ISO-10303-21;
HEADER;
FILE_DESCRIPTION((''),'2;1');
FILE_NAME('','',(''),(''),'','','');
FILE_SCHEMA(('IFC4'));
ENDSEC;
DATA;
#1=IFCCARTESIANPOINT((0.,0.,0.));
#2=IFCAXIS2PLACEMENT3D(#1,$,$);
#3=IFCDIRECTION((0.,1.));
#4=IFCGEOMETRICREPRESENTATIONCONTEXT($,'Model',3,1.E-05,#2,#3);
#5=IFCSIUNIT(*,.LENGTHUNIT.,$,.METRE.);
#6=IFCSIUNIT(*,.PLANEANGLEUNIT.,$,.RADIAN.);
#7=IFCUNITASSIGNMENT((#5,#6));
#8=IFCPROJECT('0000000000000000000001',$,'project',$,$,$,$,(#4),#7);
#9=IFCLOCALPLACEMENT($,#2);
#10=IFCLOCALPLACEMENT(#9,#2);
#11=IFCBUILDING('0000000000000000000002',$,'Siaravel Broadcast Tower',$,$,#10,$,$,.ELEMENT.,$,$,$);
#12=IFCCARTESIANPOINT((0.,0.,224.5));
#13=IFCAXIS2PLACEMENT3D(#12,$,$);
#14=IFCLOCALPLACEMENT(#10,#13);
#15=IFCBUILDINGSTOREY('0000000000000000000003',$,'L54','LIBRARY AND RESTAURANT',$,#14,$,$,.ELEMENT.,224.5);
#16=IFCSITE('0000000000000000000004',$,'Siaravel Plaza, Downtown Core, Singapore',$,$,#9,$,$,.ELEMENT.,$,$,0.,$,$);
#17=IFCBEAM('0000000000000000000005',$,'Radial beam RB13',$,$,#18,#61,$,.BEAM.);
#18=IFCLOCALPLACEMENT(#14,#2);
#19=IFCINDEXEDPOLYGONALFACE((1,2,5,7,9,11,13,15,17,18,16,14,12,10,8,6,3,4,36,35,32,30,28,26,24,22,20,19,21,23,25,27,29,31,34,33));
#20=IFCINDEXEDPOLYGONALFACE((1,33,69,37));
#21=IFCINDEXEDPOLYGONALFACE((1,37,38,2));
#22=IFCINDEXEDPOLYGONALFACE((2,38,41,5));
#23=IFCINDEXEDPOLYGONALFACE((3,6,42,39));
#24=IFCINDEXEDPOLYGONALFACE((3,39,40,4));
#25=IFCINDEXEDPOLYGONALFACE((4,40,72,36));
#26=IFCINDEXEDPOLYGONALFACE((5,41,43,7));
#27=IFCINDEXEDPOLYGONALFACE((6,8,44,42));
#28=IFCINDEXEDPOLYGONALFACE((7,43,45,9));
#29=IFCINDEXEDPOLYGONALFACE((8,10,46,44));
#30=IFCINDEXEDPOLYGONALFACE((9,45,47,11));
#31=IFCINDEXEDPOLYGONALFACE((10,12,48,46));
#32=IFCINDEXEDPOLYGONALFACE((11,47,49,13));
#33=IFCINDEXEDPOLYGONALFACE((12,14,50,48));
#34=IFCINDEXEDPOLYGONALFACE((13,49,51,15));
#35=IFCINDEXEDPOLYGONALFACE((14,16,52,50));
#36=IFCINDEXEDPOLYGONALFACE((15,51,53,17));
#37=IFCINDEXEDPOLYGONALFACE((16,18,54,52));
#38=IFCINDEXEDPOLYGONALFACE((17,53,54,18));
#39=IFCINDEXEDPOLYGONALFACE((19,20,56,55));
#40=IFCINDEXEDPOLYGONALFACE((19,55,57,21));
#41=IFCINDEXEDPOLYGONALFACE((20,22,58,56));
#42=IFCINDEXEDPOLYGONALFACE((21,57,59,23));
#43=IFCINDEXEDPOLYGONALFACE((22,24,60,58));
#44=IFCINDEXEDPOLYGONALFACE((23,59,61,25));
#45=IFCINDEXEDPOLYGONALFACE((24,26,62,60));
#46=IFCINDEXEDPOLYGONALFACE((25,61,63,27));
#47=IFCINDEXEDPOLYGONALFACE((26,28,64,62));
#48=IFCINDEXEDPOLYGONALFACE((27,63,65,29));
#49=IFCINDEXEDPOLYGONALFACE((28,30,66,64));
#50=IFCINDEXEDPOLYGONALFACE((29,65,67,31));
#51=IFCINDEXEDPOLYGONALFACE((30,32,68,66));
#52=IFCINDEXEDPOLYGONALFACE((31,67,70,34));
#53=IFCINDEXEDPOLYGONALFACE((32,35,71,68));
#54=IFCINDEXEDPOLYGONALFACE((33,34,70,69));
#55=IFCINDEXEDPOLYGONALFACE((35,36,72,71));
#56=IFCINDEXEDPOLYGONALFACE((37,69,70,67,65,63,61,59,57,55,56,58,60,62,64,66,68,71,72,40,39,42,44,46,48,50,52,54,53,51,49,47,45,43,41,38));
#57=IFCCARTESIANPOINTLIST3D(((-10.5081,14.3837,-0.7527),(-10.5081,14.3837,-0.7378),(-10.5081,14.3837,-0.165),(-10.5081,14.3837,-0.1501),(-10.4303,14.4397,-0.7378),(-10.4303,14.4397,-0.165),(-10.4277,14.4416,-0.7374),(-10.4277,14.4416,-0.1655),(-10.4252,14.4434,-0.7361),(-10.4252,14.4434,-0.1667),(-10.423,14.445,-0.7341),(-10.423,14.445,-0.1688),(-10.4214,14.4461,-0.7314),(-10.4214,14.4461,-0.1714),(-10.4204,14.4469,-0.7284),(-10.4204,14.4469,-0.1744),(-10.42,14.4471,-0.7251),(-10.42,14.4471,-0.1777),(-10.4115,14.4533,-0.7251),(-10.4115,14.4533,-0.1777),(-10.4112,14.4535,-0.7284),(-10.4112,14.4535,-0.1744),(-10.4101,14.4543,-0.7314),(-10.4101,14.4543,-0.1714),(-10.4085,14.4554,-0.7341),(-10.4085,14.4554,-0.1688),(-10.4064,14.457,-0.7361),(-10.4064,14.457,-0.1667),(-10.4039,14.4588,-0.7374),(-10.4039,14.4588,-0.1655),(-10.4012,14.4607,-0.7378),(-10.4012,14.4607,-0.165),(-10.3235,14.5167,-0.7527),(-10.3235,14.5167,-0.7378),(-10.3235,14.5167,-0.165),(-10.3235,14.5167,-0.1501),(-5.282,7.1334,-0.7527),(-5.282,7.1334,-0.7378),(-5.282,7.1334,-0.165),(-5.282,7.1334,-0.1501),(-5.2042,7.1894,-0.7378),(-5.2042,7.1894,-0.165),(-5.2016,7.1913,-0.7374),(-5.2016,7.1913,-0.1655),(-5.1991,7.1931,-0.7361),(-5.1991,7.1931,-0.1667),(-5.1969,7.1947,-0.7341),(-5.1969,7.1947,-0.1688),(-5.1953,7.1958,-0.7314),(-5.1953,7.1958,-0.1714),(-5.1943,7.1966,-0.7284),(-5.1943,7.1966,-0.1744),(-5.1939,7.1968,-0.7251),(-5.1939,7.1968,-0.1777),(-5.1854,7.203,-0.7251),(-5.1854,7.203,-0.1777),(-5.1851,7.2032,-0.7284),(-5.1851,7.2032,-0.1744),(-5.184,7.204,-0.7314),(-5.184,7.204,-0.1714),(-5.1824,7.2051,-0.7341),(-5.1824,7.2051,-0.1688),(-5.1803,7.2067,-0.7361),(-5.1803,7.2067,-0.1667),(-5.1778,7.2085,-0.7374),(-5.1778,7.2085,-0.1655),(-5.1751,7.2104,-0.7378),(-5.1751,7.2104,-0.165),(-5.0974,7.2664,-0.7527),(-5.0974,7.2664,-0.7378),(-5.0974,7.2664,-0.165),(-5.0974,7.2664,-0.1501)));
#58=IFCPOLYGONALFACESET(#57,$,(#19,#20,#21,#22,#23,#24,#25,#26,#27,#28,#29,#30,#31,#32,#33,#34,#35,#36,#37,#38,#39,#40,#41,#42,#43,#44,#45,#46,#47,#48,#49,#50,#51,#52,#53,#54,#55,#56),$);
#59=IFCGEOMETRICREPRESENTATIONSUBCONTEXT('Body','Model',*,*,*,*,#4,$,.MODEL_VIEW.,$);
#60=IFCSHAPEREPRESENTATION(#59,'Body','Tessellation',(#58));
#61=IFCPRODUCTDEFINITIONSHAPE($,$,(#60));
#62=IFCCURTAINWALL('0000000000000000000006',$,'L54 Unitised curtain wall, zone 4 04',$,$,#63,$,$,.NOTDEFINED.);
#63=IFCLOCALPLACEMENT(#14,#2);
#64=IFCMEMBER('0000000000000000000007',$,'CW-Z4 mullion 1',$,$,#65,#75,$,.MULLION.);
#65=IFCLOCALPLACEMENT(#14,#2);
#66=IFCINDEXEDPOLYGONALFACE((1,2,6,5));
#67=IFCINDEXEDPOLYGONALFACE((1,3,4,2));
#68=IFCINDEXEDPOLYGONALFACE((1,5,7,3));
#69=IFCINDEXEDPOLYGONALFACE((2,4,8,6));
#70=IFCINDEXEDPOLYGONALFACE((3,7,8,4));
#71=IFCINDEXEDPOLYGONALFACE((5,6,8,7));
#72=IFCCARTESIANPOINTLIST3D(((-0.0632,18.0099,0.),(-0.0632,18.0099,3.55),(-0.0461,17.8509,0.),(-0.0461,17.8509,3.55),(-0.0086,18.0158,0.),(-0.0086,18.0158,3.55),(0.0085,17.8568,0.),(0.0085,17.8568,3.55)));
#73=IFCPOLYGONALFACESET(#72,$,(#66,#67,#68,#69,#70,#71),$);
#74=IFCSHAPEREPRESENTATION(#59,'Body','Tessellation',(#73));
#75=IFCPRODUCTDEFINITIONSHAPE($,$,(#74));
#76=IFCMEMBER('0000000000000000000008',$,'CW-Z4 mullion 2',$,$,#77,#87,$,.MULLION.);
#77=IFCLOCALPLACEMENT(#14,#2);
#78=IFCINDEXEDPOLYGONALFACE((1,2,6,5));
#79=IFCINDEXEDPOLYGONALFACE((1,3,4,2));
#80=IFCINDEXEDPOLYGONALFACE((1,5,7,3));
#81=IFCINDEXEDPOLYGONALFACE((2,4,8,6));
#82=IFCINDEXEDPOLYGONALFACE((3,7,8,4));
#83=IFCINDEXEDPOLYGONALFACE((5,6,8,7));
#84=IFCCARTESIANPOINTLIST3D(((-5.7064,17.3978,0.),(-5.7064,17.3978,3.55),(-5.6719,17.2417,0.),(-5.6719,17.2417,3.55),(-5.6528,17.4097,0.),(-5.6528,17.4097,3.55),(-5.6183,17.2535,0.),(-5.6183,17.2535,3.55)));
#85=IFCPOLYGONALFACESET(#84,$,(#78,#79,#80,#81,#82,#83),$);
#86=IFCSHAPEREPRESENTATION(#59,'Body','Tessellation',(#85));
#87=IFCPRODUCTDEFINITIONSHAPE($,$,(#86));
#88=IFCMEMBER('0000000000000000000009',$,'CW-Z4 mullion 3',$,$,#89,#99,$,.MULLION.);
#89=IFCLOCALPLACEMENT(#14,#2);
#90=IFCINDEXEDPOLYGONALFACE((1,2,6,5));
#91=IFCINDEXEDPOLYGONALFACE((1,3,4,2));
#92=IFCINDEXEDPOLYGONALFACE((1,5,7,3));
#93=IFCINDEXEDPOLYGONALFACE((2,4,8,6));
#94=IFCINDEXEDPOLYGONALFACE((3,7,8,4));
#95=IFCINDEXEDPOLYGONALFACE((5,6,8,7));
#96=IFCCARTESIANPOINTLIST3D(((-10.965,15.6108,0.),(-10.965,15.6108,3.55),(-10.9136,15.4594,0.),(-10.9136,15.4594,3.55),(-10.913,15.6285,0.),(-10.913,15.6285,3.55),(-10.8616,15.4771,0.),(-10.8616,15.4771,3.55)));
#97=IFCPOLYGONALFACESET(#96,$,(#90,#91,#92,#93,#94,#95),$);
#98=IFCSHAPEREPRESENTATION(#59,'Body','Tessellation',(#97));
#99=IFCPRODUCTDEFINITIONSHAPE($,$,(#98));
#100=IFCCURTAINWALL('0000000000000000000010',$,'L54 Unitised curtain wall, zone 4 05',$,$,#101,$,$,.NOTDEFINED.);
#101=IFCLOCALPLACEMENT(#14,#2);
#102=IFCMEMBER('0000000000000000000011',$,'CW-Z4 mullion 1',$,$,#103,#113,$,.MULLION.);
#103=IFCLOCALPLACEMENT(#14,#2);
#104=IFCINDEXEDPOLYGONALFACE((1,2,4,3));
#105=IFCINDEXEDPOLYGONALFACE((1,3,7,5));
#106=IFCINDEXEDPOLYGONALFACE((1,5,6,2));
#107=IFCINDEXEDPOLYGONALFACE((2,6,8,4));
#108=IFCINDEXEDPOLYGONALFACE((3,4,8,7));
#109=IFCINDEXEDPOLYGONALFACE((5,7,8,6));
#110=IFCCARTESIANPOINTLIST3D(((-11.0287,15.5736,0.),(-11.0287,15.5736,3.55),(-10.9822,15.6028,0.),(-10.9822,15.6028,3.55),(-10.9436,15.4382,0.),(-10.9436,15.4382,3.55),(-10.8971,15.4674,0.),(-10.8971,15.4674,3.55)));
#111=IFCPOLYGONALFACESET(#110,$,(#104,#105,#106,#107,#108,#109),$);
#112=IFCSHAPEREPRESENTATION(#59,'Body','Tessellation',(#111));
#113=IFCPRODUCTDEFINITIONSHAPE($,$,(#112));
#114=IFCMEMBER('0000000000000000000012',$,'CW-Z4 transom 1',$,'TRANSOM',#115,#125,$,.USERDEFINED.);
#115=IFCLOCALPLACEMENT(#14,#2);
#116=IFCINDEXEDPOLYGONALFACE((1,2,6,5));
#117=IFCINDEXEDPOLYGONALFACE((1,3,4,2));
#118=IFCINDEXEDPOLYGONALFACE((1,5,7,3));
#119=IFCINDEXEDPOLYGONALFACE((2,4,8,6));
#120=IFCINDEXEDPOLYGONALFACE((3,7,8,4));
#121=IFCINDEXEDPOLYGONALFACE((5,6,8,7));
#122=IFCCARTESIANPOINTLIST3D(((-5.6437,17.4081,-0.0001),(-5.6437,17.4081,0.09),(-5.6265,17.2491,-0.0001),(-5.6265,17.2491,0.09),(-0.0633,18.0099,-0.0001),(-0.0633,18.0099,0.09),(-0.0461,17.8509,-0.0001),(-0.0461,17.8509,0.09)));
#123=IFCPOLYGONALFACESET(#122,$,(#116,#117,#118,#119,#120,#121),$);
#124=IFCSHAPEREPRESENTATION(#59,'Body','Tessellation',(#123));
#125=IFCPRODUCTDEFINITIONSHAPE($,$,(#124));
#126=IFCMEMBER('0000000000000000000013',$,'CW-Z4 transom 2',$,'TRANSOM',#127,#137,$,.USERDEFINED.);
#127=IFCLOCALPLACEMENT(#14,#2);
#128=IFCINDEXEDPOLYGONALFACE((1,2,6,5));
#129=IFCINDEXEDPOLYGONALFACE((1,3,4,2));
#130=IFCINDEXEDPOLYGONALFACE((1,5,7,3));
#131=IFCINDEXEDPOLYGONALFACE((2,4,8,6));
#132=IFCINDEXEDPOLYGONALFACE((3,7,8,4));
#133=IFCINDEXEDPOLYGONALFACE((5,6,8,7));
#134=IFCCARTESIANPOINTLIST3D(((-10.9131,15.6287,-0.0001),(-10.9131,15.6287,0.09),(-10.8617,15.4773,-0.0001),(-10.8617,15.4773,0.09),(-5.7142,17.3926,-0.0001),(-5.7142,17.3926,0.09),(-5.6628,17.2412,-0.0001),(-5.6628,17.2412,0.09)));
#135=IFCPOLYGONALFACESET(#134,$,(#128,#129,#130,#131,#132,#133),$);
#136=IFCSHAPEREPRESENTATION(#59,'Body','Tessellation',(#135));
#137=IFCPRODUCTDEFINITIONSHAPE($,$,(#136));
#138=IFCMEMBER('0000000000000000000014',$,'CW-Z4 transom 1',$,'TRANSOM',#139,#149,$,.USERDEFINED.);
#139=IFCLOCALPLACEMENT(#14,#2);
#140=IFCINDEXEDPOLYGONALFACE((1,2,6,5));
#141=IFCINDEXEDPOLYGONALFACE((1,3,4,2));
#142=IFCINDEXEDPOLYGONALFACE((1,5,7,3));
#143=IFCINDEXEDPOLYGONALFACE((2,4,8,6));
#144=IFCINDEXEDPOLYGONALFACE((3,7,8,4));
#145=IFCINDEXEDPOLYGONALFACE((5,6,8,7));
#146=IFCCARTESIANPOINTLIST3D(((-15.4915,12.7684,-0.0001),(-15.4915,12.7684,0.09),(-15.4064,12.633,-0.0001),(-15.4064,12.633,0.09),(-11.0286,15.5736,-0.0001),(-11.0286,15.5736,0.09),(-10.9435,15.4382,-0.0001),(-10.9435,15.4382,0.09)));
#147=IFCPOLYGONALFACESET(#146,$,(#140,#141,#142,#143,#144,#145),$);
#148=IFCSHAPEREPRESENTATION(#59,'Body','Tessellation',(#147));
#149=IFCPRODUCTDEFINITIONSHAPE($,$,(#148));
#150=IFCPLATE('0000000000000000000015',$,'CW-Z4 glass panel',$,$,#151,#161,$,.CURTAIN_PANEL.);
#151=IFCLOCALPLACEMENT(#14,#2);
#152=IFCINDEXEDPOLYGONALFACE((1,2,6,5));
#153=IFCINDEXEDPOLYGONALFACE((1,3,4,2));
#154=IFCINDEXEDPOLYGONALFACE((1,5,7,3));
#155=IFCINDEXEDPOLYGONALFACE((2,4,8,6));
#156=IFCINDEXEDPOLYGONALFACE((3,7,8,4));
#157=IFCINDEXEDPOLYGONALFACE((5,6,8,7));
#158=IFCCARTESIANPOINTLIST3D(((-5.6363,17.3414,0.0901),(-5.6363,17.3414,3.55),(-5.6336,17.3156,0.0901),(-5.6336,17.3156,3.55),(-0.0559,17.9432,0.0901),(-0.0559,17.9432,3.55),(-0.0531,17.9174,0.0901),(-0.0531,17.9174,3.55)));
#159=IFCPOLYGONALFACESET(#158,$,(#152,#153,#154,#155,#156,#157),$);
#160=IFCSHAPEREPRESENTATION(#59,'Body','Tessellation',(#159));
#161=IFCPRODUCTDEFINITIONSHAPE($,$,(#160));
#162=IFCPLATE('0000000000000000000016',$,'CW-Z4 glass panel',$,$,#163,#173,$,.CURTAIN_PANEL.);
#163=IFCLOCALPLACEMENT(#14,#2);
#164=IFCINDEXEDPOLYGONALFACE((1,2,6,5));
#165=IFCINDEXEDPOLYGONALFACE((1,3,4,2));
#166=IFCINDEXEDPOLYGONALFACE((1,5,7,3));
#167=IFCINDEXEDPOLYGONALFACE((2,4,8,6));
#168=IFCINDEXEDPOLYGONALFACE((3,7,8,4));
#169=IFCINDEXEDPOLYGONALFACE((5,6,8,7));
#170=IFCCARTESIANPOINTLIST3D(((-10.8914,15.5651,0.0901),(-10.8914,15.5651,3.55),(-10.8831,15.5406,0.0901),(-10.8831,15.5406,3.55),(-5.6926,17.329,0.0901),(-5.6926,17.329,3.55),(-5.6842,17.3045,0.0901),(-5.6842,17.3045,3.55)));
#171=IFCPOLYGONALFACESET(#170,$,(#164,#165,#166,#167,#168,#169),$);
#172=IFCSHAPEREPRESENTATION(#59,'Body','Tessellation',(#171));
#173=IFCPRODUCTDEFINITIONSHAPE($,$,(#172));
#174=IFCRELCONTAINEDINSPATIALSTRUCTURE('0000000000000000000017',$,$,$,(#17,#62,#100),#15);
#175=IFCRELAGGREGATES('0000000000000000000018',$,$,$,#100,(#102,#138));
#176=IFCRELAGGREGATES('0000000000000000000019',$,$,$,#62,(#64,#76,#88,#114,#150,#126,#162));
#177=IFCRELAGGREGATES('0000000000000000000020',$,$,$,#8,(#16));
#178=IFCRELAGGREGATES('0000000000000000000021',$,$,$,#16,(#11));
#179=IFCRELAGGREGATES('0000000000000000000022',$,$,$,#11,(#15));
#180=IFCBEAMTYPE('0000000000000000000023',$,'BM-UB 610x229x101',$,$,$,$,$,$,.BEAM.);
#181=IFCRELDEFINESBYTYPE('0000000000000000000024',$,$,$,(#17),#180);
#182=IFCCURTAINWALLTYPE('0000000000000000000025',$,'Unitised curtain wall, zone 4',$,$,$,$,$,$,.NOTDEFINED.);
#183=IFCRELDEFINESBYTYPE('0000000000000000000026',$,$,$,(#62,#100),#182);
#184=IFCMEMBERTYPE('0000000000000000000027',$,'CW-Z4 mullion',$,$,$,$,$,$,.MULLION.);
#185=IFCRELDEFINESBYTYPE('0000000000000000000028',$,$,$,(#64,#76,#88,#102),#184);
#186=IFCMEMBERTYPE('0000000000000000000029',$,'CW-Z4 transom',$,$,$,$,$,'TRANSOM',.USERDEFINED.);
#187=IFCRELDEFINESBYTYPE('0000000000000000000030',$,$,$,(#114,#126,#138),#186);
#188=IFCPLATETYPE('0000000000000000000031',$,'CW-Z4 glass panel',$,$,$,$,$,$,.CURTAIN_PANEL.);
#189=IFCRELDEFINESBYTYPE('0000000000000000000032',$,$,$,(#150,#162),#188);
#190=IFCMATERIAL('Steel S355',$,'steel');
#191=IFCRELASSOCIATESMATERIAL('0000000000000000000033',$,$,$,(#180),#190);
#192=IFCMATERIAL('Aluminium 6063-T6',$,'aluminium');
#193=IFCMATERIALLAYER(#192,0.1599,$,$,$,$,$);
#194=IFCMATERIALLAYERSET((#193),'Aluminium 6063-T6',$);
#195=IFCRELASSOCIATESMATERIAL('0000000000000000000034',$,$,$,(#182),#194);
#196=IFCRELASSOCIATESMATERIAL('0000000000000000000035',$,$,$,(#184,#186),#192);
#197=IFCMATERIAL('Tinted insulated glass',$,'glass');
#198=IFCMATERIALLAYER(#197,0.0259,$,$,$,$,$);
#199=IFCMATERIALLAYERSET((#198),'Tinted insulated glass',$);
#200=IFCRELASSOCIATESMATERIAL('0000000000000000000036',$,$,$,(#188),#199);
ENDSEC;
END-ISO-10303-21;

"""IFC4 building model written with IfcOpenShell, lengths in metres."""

from ifc_helpers import new_model, si_unit, direction, frame, origin, origin_2d, place, context, subcontext, project, spatial, rectangle, i_section, extrude, material, layer, layer_set, material_profile, profile_set, type_object, element, aggregate, save


model = new_model("IFC4")

# Units and contexts
model_context = context("Model", 3, precision=1e-05, world=origin(), true_north=direction((0.0, 1.0)))
body_context = subcontext(model_context, "Body", "Model", "MODEL_VIEW")
ifc_project = project(units=[si_unit("LENGTHUNIT", "METRE"), si_unit("PLANEANGLEUNIT", "RADIAN")], contexts=[model_context])

# Site, building, storey
site_placement = place(None, origin())
site = spatial("IfcSite", under=ifc_project, at=site_placement, Name="Siaravel Plaza, Downtown Core, Singapore", CompositionType="ELEMENT", RefElevation=0.0)
building_placement = place(site_placement, origin())
building = spatial("IfcBuilding", under=site, at=building_placement, Name="Siaravel Broadcast Tower", CompositionType="ELEMENT")
storey_placement = place(building_placement, frame((0.0, 0.0, 224.5)))
storey = spatial("IfcBuildingStorey", under=building, at=storey_placement, Name="L54", Description="LIBRARY AND RESTAURANT", CompositionType="ELEMENT", Elevation=224.5)

# Beam
ifc_material_1 = material(Name="Steel S355", Category="steel")
ifc_material_profile_1 = material_profile(ifc_material_1, i_section(OverallWidth=0.2275, OverallDepth=0.6025, WebThickness=0.0105, FlangeThickness=0.0149, FilletRadius=0.0127, at=origin_2d()))
ifc_profile_set_1 = profile_set([ifc_material_profile_1], Name="Steel S355")
beam_type = type_object("IfcBeamType", Name="BM-UB 610x229x101", PredefinedType="BEAM", material=ifc_profile_set_1)
beam_1_placement = place(storey_placement, frame((-10.4158, 14.4502, -0.4514), z_axis=(0.584739, -0.811221, 0.0), x_axis=(0.811221, 0.584739, 0.0)))
element("IfcBeam", 1, at=beam_1_placement, inside=storey, type_object=beam_type, Name="Radial beam RB13", PredefinedType="BEAM", context=body_context, shape_type="SweptSolid", body=[
    extrude(i_section(OverallWidth=0.2275, OverallDepth=0.6025, WebThickness=0.0105, FlangeThickness=0.0149, FilletRadius=0.0127, at=origin_2d()), origin(), (0.0, 0.0, 1.0), 8.9375),
])

# Curtain wall, members
ifc_material_2 = material(Name="Aluminium 6063-T6", Category="aluminium")
ifc_layer_1 = layer(ifc_material_2, 0.1599)
ifc_layer_set_1 = layer_set([ifc_layer_1], Name="Aluminium 6063-T6")
curtain_wall_type = type_object("IfcCurtainWallType", Name="Unitised curtain wall, zone 4", PredefinedType="NOTDEFINED", material=ifc_layer_set_1)
curtain_wall_1_placement = place(storey_placement, origin())
curtain_wall_1 = element("IfcCurtainWall", 2, at=curtain_wall_1_placement, inside=storey, type_object=curtain_wall_type, Name="L54 Unitised curtain wall, zone 4 04", PredefinedType="NOTDEFINED")
ifc_material_profile_2 = material_profile(ifc_material_2, rectangle(XDim=0.1599, YDim=0.0549, at=origin_2d()))
ifc_profile_set_2 = profile_set([ifc_material_profile_2], Name="Aluminium 6063-T6")
member_type_1 = type_object("IfcMemberType", Name="CW-Z4 mullion", PredefinedType="MULLION", material=ifc_profile_set_2)
member_1_placement = place(storey_placement, frame((-0.0273, 17.9333, 0.0), z_axis=(0.0, 0.0, 1.0), x_axis=(0.107218, -0.994236, 0.0)))
member_1 = element("IfcMember", 3, at=member_1_placement, type_object=member_type_1, Name="CW-Z4 mullion 1", PredefinedType="MULLION", context=body_context, shape_type="SweptSolid", body=[
    extrude(rectangle(XDim=0.1599, YDim=0.0549, at=origin_2d()), origin(), (0.0, 0.0, 1.0), 3.55),
])
member_2_placement = place(storey_placement, frame((-5.6624, 17.3257, 0.0), z_axis=(0.0, 0.0, 1.0), x_axis=(0.215558, -0.976491, 0.0)))
member_2 = element("IfcMember", 4, at=member_2_placement, type_object=member_type_1, Name="CW-Z4 mullion 2", PredefinedType="MULLION", context=body_context, shape_type="SweptSolid", body=[
    extrude(rectangle(XDim=0.1599, YDim=0.0549, at=origin_2d()), origin(), (0.0, 0.0, 1.0), 3.55),
])
member_3_placement = place(storey_placement, frame((-10.9133, 15.5439, 0.0), z_axis=(0.0, 0.0, 1.0), x_axis=(0.321301, -0.946977, 0.0)))
member_3 = element("IfcMember", 5, at=member_3_placement, type_object=member_type_1, Name="CW-Z4 mullion 3", PredefinedType="MULLION", context=body_context, shape_type="SweptSolid", body=[
    extrude(rectangle(XDim=0.1599, YDim=0.0549, at=origin_2d()), origin(), (0.0, 0.0, 1.0), 3.55),
])

# Curtain wall, member
curtain_wall_2_placement = place(storey_placement, origin())
curtain_wall_2 = element("IfcCurtainWall", 6, at=curtain_wall_2_placement, inside=storey, type_object=curtain_wall_type, Name="L54 Unitised curtain wall, zone 4 05", PredefinedType="NOTDEFINED")
member_4_placement = place(storey_placement, frame((-10.9629, 15.5205, 0.0), z_axis=(0.0, 0.0, 1.0), x_axis=(0.53215, -0.84665, 0.0)))
member_4 = element("IfcMember", 7, at=member_4_placement, type_object=member_type_1, Name="CW-Z4 mullion 1", PredefinedType="MULLION", context=body_context, shape_type="SweptSolid", body=[
    extrude(rectangle(XDim=0.1599, YDim=0.0549, at=origin_2d()), origin(), (0.0, 0.0, 1.0), 3.55),
])

# Members
ifc_material_profile_3 = material_profile(ifc_material_2, rectangle(XDim=0.1599, YDim=0.0901, at=origin_2d()))
ifc_profile_set_3 = profile_set([ifc_material_profile_3], Name="Aluminium 6063-T6")
member_type_2 = type_object("IfcMemberType", Name="CW-Z4 transom", ElementType="TRANSOM", PredefinedType="USERDEFINED", material=ifc_profile_set_3)
member_5_placement = place(storey_placement, frame((-0.0547, 17.9304, 0.0449), z_axis=(-0.994235, -0.107223, 0.0), x_axis=(0.107223, -0.994235, 0.0)))
member_5 = element("IfcMember", 8, at=member_5_placement, type_object=member_type_2, Name="CW-Z4 transom 1", ObjectType="TRANSOM", PredefinedType="USERDEFINED", context=body_context, shape_type="SweptSolid", body=[
    extrude(rectangle(XDim=0.1599, YDim=0.0901, at=origin_2d()), origin(), (0.0, 0.0, 1.0), 5.6128),
])
member_6_placement = place(storey_placement, frame((-5.6885, 17.3169, 0.0449), z_axis=(-0.94698, -0.321293, 0.0), x_axis=(0.321293, -0.94698, 0.0)))
member_6 = element("IfcMember", 9, at=member_6_placement, type_object=member_type_2, Name="CW-Z4 transom 2", ObjectType="TRANSOM", PredefinedType="USERDEFINED", context=body_context, shape_type="SweptSolid", body=[
    extrude(rectangle(XDim=0.1599, YDim=0.0901, at=origin_2d()), origin(), (0.0, 0.0, 1.0), 5.49),
])
member_7_placement = place(storey_placement, frame((-10.9861, 15.5059, 0.0449), z_axis=(-0.846643, -0.532162, 0.0), x_axis=(0.532162, -0.846643, 0.0)))
member_7 = element("IfcMember", 10, at=member_7_placement, type_object=member_type_2, Name="CW-Z4 transom 1", ObjectType="TRANSOM", PredefinedType="USERDEFINED", context=body_context, shape_type="SweptSolid", body=[
    extrude(rectangle(XDim=0.1599, YDim=0.0901, at=origin_2d()), origin(), (0.0, 0.0, 1.0), 5.2712),
])
aggregate(curtain_wall_2, [member_4, member_7])

# Plates
ifc_material_3 = material(Name="Tinted insulated glass", Category="glass")
ifc_layer_2 = layer(ifc_material_3, 0.0259)
ifc_layer_set_2 = layer_set([ifc_layer_2], Name="Tinted insulated glass")
plate_type = type_object("IfcPlateType", Name="CW-Z4 glass panel", PredefinedType="CURTAIN_PANEL", material=ifc_layer_set_2)
plate_1_placement = place(storey_placement, frame((-2.8447, 17.6294, 0.0901), z_axis=(0.0, 0.0, 1.0), x_axis=(-0.994236, -0.107218, 0.0)))
plate_1 = element("IfcPlate", 11, at=plate_1_placement, type_object=plate_type, Name="CW-Z4 glass panel", PredefinedType="CURTAIN_PANEL", context=body_context, shape_type="SweptSolid", body=[
    extrude(rectangle(XDim=5.6128, YDim=0.0259, at=origin_2d()), origin(), (0.0, 0.0, 1.0), 3.46),
])
plate_2_placement = place(storey_placement, frame((-8.2878, 16.4348, 0.0901), z_axis=(0.0, 0.0, 1.0), x_axis=(-0.946977, -0.321301, 0.0)))
plate_2 = element("IfcPlate", 12, at=plate_2_placement, type_object=plate_type, Name="CW-Z4 glass panel", PredefinedType="CURTAIN_PANEL", context=body_context, shape_type="SweptSolid", body=[
    extrude(rectangle(XDim=5.49, YDim=0.0259, at=origin_2d()), origin(), (0.0, 0.0, 1.0), 3.46),
])
aggregate(curtain_wall_1, [member_1, member_2, member_3, member_5, plate_1, member_6, plate_2])

save(model, "model.ifc")
